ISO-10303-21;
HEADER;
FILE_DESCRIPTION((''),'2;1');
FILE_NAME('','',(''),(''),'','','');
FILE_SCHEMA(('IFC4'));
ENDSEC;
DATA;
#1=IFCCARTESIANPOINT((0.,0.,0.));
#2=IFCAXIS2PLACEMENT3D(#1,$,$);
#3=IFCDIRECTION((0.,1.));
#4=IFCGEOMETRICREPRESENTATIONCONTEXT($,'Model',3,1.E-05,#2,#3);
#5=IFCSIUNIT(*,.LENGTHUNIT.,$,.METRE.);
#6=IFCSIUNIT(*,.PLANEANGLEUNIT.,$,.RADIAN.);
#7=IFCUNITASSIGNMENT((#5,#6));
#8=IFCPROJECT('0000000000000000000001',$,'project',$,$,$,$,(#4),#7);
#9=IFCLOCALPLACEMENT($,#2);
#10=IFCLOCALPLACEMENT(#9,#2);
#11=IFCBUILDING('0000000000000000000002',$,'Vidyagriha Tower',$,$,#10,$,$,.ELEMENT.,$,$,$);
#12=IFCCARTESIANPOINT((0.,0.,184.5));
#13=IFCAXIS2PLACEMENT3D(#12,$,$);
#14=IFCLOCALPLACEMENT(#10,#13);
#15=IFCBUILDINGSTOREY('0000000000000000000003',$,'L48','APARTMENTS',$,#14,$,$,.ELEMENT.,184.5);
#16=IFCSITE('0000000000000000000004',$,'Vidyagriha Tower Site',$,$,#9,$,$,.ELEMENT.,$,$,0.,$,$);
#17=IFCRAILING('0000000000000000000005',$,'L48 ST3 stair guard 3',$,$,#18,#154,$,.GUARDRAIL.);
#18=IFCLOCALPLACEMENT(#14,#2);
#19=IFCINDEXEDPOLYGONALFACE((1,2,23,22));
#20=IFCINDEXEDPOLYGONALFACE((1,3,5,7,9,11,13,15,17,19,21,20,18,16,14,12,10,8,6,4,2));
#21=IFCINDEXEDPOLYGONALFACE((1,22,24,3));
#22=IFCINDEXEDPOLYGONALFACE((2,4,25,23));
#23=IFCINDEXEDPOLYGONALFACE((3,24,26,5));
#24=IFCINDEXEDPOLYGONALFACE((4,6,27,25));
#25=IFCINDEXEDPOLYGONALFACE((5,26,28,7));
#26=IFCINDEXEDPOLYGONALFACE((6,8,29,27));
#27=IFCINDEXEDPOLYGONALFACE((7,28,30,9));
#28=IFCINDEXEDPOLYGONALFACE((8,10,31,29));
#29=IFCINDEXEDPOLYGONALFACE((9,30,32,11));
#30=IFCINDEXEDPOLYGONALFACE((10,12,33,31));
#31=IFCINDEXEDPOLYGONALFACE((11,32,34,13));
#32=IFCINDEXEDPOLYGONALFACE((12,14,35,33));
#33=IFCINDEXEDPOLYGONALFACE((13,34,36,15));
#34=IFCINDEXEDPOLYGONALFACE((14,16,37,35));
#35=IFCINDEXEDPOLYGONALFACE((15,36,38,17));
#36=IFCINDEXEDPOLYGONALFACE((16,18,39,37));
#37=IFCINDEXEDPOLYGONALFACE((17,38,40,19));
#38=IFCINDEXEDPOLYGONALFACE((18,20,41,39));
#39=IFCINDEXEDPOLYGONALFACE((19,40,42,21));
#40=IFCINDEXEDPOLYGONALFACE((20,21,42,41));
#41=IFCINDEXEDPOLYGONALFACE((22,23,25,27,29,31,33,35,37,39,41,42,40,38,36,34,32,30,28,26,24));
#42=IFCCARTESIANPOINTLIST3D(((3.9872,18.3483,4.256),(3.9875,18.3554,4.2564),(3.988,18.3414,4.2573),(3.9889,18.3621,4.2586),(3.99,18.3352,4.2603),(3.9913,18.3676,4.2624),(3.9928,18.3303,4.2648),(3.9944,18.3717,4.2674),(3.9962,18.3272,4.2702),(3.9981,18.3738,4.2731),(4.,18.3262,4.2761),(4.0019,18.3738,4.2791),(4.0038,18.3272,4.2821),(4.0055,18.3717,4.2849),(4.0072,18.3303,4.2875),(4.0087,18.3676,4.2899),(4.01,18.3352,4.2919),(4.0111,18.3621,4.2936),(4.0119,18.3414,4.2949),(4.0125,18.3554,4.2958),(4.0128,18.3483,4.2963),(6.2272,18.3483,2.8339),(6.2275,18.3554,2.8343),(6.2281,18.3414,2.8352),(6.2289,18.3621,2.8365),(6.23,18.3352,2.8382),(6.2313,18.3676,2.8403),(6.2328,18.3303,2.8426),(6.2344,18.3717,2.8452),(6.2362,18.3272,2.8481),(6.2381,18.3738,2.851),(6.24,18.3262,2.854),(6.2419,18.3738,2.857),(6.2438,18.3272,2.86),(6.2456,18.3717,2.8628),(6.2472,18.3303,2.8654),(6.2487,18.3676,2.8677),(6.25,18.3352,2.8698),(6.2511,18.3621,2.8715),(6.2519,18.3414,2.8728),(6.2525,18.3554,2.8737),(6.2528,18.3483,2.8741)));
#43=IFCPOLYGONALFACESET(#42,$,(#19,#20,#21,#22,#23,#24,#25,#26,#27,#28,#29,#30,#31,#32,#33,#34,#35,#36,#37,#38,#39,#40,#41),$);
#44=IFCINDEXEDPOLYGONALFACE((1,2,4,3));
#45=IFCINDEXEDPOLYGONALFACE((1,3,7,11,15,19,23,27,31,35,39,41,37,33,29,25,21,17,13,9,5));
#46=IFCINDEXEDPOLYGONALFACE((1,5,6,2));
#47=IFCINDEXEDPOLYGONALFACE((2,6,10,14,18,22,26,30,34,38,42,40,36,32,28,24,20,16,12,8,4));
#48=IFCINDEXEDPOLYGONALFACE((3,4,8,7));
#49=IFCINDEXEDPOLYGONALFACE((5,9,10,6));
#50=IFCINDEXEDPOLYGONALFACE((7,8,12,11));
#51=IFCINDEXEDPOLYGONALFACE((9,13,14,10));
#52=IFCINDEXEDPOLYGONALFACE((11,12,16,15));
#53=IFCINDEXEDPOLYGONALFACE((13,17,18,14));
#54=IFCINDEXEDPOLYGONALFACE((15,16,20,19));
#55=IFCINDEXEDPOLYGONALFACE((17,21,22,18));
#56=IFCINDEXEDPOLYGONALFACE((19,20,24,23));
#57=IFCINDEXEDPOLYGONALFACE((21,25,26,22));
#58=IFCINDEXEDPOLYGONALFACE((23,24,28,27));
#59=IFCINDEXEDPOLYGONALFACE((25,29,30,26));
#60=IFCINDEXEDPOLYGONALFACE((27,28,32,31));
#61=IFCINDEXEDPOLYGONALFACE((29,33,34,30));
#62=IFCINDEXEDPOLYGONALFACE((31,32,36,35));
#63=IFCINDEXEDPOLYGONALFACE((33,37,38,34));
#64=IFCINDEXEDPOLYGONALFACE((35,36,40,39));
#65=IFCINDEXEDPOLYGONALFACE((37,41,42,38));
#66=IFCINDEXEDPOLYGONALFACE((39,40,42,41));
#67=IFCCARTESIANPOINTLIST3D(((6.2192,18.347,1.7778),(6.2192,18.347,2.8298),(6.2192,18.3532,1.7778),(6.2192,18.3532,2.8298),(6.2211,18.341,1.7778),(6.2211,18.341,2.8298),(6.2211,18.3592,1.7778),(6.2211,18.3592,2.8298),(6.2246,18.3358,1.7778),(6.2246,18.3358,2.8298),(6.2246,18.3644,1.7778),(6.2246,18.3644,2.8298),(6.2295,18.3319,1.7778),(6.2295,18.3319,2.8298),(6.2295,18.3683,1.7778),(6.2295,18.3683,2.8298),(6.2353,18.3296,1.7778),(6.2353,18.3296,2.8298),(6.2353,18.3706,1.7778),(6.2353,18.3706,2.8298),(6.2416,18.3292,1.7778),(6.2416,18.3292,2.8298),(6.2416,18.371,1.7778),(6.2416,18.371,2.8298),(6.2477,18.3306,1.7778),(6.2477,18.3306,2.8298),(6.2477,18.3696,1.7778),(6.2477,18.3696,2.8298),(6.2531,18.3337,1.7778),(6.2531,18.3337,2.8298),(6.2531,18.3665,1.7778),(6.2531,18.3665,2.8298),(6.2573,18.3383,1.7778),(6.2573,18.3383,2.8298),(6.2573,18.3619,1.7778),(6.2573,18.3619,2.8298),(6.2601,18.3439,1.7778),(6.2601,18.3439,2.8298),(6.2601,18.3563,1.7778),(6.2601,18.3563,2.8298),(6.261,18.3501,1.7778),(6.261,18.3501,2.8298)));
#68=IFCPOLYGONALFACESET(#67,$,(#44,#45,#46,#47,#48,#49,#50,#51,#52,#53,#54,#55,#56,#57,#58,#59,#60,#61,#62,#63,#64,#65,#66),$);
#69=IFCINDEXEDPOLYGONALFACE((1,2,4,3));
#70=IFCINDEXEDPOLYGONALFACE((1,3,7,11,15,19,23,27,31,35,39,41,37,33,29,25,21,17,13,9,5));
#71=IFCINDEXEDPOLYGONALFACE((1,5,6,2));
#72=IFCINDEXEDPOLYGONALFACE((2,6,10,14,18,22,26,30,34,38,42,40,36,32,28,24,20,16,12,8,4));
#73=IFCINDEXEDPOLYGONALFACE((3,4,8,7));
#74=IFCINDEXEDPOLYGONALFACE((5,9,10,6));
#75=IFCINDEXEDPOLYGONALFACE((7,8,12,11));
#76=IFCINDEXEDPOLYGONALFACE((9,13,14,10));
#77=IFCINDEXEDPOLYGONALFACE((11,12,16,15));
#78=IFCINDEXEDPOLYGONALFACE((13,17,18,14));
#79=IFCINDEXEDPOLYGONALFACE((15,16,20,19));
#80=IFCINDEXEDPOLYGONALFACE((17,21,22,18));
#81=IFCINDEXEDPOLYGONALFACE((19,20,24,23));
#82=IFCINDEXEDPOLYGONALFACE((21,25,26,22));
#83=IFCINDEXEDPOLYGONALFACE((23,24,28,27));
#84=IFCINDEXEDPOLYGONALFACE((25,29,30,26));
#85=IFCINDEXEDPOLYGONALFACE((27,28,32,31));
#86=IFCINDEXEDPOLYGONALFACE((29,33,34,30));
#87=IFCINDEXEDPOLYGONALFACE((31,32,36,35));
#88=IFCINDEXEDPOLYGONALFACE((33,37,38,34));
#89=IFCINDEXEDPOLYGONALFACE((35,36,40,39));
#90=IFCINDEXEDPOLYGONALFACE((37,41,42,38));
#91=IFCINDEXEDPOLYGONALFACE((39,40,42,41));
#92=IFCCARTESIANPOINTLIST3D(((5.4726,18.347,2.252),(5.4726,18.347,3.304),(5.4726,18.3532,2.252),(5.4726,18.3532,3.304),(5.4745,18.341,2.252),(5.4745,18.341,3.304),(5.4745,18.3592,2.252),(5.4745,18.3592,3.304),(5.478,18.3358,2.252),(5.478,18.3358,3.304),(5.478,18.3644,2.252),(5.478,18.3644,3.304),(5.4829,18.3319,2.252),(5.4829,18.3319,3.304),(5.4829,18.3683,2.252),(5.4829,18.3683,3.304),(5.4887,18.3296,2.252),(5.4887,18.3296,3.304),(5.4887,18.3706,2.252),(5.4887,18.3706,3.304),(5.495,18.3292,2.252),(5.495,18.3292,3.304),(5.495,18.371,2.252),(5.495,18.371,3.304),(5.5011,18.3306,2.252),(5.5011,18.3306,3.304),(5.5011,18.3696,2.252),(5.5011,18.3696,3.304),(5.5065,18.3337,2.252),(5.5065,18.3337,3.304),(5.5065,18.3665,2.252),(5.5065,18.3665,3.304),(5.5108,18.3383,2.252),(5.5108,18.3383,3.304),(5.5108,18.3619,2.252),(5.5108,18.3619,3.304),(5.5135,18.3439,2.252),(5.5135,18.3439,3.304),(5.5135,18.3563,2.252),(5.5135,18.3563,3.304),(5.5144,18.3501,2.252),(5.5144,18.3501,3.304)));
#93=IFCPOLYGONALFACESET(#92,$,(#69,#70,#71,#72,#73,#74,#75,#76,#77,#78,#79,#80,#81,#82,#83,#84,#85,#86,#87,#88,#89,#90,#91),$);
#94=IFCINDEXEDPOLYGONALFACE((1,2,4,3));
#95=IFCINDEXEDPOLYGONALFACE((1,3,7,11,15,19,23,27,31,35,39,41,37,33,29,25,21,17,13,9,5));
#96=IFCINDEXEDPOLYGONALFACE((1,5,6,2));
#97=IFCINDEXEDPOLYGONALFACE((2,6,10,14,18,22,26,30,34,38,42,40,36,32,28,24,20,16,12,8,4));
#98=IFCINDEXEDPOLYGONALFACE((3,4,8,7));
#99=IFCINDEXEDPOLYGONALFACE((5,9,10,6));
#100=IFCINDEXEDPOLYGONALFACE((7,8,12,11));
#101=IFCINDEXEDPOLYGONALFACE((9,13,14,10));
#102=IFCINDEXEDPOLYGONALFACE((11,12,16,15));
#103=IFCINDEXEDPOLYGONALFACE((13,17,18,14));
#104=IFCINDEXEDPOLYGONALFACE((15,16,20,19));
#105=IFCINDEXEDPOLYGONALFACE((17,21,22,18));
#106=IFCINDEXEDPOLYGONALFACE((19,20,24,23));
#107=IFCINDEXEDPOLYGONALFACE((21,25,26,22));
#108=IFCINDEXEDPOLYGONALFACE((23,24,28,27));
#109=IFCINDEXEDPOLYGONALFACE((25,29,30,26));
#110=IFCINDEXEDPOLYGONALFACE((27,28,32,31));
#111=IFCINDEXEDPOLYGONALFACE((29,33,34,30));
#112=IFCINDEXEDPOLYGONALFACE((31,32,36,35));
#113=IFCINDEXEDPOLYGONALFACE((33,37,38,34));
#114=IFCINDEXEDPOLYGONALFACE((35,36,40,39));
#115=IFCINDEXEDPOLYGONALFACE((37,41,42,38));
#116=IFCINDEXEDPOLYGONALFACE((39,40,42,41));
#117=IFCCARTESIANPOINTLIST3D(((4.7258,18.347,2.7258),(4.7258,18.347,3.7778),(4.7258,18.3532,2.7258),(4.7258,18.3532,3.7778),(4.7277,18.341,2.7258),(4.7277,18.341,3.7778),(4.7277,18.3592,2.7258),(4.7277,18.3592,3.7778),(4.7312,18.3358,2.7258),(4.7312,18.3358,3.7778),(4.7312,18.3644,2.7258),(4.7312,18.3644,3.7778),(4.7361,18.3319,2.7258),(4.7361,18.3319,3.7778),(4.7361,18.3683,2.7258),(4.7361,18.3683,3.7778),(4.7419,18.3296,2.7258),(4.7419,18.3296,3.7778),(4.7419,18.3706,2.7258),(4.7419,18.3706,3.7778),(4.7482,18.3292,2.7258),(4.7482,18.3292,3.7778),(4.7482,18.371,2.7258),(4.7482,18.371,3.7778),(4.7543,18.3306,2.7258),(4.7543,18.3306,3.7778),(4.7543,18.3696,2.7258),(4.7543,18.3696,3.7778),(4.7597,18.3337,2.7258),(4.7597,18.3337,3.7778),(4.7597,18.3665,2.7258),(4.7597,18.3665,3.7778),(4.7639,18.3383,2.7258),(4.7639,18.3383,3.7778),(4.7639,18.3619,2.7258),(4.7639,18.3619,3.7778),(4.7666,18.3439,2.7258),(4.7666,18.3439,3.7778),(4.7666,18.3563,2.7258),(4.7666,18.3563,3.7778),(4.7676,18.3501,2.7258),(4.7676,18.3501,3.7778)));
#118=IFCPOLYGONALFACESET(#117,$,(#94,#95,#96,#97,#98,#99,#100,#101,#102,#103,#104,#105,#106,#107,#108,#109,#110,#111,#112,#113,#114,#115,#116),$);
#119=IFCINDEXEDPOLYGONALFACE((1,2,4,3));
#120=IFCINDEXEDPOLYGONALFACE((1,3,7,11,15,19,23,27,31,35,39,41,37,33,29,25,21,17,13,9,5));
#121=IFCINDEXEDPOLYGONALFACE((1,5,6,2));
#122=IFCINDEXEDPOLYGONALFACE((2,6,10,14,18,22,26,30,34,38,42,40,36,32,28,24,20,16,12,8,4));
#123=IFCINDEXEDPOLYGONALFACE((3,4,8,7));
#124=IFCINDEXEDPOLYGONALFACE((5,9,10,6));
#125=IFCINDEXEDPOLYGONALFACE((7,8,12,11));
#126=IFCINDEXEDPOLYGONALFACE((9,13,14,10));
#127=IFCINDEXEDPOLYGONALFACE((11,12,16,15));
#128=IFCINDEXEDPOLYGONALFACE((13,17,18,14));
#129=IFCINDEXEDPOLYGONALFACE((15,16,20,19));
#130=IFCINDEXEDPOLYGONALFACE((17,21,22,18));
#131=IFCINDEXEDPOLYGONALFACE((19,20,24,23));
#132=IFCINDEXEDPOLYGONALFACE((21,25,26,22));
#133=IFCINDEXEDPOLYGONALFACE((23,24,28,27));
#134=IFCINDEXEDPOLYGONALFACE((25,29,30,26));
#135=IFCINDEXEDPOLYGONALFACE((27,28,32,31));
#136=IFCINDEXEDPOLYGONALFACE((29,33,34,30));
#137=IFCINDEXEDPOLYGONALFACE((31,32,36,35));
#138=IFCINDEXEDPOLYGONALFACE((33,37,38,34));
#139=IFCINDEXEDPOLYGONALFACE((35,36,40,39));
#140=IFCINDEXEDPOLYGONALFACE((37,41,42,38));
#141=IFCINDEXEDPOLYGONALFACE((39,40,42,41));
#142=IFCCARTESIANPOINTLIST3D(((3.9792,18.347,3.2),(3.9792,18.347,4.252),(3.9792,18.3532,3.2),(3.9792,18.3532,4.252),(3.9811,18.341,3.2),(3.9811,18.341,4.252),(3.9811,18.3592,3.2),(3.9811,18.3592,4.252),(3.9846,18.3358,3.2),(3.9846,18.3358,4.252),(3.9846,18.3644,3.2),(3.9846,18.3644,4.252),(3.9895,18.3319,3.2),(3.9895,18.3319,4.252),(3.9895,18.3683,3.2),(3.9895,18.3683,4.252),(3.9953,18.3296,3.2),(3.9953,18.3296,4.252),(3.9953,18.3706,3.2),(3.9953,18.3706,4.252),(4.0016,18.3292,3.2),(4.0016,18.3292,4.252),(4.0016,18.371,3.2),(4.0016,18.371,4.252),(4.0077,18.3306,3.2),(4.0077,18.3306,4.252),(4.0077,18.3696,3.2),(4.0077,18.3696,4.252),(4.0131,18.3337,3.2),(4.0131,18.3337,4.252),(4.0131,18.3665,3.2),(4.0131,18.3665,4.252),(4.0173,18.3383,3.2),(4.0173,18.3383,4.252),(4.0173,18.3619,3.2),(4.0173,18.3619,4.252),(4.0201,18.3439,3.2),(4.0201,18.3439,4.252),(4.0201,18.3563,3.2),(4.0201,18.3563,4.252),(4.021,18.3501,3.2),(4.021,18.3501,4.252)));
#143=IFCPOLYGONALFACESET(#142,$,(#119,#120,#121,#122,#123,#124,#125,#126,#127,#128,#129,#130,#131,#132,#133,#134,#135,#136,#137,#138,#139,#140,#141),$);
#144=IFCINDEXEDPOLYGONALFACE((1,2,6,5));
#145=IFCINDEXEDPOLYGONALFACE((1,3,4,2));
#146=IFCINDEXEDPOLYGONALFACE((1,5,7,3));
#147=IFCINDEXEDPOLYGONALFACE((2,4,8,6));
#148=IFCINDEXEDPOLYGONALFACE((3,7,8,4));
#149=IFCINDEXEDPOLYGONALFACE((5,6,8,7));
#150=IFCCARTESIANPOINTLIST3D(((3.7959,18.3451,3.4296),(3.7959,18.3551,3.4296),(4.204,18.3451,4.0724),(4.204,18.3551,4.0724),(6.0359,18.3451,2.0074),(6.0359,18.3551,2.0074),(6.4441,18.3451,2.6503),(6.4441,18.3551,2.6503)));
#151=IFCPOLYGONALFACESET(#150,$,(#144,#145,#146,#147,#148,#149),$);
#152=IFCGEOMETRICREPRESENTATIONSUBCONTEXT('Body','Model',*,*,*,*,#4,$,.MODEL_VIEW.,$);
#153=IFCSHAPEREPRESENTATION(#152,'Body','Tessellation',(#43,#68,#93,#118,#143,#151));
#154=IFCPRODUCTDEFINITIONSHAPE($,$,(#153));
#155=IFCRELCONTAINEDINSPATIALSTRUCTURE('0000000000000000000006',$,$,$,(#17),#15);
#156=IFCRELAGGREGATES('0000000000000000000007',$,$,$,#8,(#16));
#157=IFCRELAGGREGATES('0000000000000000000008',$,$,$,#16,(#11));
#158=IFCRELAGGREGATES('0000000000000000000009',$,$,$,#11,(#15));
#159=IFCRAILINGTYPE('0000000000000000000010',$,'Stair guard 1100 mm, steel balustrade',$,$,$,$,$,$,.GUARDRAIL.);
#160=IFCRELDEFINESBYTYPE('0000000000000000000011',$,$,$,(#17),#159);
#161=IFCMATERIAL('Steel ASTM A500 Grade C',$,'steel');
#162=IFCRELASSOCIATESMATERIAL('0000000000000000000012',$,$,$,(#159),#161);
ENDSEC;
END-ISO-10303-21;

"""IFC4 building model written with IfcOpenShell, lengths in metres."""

from ifc_helpers import new_model, si_unit, direction, frame, origin, origin_2d, place, context, subcontext, project, spatial, rectangle, circle, extrude, material, type_object, element, save


model = new_model("IFC4")

# Units and contexts
model_context = context("Model", 3, precision=1e-05, world=origin(), true_north=direction((0.0, 1.0)))
body_context = subcontext(model_context, "Body", "Model", "MODEL_VIEW")
ifc_project = project(units=[si_unit("LENGTHUNIT", "METRE"), si_unit("PLANEANGLEUNIT", "RADIAN")], contexts=[model_context])

# Site, building, storey
site_placement = place(None, origin())
site = spatial("IfcSite", under=ifc_project, at=site_placement, Name="Vidyagriha Tower Site", CompositionType="ELEMENT", RefElevation=0.0)
building_placement = place(site_placement, origin())
building = spatial("IfcBuilding", under=site, at=building_placement, Name="Vidyagriha Tower", CompositionType="ELEMENT")
storey_placement = place(building_placement, frame((0.0, 0.0, 184.5)))
storey = spatial("IfcBuildingStorey", under=building, at=storey_placement, Name="L48", Description="APARTMENTS", CompositionType="ELEMENT", Elevation=184.5)

# Railing
ifc_material_1 = material(Name="Steel ASTM A500 Grade C", Category="steel")
railing_type_1 = type_object("IfcRailingType", Name="Stair guard 1100 mm, steel balustrade", PredefinedType="GUARDRAIL", material=ifc_material_1)
railing_1_placement = place(storey_placement, frame((6.24, 18.3501, 1.7778)))
element("IfcRailing", 1, at=railing_1_placement, inside=storey, type_object=railing_type_1, Name="L48 ST3 stair guard 3", PredefinedType="GUARDRAIL", context=body_context, shape_type="SweptSolid", body=[
    extrude(circle(Radius=0.0239, at=origin_2d()), frame((0.0, 0.0, 1.0762), z_axis=(-0.844229, 0.0, 0.535982), x_axis=(0.0, -1.0, 0.0)), (0.0, 0.0, 1.0), 2.6533),
    extrude(circle(Radius=0.021, at=origin_2d()), origin(), (0.0, 0.0, 1.0), 1.052),
    extrude(circle(Radius=0.021, at=origin_2d()), frame((-0.7466, 0.0, 0.4741)), (0.0, 0.0, 1.0), 1.052),
    extrude(circle(Radius=0.021, at=origin_2d()), frame((-1.4934, 0.0, 0.948)), (0.0, 0.0, 1.0), 1.052),
    extrude(circle(Radius=0.021, at=origin_2d()), frame((-2.24, 0.0, 1.4221)), (0.0, 0.0, 1.0), 1.052),
    extrude(rectangle(XDim=0.01, YDim=0.7615, at=origin_2d()), frame((0.0, 0.0, 0.551), z_axis=(-0.844229, 0.0, 0.535982), x_axis=(0.0, -1.0, 0.0)), (0.0, 0.0, 1.0), 2.6533),
])

save(model, "model.ifc")
